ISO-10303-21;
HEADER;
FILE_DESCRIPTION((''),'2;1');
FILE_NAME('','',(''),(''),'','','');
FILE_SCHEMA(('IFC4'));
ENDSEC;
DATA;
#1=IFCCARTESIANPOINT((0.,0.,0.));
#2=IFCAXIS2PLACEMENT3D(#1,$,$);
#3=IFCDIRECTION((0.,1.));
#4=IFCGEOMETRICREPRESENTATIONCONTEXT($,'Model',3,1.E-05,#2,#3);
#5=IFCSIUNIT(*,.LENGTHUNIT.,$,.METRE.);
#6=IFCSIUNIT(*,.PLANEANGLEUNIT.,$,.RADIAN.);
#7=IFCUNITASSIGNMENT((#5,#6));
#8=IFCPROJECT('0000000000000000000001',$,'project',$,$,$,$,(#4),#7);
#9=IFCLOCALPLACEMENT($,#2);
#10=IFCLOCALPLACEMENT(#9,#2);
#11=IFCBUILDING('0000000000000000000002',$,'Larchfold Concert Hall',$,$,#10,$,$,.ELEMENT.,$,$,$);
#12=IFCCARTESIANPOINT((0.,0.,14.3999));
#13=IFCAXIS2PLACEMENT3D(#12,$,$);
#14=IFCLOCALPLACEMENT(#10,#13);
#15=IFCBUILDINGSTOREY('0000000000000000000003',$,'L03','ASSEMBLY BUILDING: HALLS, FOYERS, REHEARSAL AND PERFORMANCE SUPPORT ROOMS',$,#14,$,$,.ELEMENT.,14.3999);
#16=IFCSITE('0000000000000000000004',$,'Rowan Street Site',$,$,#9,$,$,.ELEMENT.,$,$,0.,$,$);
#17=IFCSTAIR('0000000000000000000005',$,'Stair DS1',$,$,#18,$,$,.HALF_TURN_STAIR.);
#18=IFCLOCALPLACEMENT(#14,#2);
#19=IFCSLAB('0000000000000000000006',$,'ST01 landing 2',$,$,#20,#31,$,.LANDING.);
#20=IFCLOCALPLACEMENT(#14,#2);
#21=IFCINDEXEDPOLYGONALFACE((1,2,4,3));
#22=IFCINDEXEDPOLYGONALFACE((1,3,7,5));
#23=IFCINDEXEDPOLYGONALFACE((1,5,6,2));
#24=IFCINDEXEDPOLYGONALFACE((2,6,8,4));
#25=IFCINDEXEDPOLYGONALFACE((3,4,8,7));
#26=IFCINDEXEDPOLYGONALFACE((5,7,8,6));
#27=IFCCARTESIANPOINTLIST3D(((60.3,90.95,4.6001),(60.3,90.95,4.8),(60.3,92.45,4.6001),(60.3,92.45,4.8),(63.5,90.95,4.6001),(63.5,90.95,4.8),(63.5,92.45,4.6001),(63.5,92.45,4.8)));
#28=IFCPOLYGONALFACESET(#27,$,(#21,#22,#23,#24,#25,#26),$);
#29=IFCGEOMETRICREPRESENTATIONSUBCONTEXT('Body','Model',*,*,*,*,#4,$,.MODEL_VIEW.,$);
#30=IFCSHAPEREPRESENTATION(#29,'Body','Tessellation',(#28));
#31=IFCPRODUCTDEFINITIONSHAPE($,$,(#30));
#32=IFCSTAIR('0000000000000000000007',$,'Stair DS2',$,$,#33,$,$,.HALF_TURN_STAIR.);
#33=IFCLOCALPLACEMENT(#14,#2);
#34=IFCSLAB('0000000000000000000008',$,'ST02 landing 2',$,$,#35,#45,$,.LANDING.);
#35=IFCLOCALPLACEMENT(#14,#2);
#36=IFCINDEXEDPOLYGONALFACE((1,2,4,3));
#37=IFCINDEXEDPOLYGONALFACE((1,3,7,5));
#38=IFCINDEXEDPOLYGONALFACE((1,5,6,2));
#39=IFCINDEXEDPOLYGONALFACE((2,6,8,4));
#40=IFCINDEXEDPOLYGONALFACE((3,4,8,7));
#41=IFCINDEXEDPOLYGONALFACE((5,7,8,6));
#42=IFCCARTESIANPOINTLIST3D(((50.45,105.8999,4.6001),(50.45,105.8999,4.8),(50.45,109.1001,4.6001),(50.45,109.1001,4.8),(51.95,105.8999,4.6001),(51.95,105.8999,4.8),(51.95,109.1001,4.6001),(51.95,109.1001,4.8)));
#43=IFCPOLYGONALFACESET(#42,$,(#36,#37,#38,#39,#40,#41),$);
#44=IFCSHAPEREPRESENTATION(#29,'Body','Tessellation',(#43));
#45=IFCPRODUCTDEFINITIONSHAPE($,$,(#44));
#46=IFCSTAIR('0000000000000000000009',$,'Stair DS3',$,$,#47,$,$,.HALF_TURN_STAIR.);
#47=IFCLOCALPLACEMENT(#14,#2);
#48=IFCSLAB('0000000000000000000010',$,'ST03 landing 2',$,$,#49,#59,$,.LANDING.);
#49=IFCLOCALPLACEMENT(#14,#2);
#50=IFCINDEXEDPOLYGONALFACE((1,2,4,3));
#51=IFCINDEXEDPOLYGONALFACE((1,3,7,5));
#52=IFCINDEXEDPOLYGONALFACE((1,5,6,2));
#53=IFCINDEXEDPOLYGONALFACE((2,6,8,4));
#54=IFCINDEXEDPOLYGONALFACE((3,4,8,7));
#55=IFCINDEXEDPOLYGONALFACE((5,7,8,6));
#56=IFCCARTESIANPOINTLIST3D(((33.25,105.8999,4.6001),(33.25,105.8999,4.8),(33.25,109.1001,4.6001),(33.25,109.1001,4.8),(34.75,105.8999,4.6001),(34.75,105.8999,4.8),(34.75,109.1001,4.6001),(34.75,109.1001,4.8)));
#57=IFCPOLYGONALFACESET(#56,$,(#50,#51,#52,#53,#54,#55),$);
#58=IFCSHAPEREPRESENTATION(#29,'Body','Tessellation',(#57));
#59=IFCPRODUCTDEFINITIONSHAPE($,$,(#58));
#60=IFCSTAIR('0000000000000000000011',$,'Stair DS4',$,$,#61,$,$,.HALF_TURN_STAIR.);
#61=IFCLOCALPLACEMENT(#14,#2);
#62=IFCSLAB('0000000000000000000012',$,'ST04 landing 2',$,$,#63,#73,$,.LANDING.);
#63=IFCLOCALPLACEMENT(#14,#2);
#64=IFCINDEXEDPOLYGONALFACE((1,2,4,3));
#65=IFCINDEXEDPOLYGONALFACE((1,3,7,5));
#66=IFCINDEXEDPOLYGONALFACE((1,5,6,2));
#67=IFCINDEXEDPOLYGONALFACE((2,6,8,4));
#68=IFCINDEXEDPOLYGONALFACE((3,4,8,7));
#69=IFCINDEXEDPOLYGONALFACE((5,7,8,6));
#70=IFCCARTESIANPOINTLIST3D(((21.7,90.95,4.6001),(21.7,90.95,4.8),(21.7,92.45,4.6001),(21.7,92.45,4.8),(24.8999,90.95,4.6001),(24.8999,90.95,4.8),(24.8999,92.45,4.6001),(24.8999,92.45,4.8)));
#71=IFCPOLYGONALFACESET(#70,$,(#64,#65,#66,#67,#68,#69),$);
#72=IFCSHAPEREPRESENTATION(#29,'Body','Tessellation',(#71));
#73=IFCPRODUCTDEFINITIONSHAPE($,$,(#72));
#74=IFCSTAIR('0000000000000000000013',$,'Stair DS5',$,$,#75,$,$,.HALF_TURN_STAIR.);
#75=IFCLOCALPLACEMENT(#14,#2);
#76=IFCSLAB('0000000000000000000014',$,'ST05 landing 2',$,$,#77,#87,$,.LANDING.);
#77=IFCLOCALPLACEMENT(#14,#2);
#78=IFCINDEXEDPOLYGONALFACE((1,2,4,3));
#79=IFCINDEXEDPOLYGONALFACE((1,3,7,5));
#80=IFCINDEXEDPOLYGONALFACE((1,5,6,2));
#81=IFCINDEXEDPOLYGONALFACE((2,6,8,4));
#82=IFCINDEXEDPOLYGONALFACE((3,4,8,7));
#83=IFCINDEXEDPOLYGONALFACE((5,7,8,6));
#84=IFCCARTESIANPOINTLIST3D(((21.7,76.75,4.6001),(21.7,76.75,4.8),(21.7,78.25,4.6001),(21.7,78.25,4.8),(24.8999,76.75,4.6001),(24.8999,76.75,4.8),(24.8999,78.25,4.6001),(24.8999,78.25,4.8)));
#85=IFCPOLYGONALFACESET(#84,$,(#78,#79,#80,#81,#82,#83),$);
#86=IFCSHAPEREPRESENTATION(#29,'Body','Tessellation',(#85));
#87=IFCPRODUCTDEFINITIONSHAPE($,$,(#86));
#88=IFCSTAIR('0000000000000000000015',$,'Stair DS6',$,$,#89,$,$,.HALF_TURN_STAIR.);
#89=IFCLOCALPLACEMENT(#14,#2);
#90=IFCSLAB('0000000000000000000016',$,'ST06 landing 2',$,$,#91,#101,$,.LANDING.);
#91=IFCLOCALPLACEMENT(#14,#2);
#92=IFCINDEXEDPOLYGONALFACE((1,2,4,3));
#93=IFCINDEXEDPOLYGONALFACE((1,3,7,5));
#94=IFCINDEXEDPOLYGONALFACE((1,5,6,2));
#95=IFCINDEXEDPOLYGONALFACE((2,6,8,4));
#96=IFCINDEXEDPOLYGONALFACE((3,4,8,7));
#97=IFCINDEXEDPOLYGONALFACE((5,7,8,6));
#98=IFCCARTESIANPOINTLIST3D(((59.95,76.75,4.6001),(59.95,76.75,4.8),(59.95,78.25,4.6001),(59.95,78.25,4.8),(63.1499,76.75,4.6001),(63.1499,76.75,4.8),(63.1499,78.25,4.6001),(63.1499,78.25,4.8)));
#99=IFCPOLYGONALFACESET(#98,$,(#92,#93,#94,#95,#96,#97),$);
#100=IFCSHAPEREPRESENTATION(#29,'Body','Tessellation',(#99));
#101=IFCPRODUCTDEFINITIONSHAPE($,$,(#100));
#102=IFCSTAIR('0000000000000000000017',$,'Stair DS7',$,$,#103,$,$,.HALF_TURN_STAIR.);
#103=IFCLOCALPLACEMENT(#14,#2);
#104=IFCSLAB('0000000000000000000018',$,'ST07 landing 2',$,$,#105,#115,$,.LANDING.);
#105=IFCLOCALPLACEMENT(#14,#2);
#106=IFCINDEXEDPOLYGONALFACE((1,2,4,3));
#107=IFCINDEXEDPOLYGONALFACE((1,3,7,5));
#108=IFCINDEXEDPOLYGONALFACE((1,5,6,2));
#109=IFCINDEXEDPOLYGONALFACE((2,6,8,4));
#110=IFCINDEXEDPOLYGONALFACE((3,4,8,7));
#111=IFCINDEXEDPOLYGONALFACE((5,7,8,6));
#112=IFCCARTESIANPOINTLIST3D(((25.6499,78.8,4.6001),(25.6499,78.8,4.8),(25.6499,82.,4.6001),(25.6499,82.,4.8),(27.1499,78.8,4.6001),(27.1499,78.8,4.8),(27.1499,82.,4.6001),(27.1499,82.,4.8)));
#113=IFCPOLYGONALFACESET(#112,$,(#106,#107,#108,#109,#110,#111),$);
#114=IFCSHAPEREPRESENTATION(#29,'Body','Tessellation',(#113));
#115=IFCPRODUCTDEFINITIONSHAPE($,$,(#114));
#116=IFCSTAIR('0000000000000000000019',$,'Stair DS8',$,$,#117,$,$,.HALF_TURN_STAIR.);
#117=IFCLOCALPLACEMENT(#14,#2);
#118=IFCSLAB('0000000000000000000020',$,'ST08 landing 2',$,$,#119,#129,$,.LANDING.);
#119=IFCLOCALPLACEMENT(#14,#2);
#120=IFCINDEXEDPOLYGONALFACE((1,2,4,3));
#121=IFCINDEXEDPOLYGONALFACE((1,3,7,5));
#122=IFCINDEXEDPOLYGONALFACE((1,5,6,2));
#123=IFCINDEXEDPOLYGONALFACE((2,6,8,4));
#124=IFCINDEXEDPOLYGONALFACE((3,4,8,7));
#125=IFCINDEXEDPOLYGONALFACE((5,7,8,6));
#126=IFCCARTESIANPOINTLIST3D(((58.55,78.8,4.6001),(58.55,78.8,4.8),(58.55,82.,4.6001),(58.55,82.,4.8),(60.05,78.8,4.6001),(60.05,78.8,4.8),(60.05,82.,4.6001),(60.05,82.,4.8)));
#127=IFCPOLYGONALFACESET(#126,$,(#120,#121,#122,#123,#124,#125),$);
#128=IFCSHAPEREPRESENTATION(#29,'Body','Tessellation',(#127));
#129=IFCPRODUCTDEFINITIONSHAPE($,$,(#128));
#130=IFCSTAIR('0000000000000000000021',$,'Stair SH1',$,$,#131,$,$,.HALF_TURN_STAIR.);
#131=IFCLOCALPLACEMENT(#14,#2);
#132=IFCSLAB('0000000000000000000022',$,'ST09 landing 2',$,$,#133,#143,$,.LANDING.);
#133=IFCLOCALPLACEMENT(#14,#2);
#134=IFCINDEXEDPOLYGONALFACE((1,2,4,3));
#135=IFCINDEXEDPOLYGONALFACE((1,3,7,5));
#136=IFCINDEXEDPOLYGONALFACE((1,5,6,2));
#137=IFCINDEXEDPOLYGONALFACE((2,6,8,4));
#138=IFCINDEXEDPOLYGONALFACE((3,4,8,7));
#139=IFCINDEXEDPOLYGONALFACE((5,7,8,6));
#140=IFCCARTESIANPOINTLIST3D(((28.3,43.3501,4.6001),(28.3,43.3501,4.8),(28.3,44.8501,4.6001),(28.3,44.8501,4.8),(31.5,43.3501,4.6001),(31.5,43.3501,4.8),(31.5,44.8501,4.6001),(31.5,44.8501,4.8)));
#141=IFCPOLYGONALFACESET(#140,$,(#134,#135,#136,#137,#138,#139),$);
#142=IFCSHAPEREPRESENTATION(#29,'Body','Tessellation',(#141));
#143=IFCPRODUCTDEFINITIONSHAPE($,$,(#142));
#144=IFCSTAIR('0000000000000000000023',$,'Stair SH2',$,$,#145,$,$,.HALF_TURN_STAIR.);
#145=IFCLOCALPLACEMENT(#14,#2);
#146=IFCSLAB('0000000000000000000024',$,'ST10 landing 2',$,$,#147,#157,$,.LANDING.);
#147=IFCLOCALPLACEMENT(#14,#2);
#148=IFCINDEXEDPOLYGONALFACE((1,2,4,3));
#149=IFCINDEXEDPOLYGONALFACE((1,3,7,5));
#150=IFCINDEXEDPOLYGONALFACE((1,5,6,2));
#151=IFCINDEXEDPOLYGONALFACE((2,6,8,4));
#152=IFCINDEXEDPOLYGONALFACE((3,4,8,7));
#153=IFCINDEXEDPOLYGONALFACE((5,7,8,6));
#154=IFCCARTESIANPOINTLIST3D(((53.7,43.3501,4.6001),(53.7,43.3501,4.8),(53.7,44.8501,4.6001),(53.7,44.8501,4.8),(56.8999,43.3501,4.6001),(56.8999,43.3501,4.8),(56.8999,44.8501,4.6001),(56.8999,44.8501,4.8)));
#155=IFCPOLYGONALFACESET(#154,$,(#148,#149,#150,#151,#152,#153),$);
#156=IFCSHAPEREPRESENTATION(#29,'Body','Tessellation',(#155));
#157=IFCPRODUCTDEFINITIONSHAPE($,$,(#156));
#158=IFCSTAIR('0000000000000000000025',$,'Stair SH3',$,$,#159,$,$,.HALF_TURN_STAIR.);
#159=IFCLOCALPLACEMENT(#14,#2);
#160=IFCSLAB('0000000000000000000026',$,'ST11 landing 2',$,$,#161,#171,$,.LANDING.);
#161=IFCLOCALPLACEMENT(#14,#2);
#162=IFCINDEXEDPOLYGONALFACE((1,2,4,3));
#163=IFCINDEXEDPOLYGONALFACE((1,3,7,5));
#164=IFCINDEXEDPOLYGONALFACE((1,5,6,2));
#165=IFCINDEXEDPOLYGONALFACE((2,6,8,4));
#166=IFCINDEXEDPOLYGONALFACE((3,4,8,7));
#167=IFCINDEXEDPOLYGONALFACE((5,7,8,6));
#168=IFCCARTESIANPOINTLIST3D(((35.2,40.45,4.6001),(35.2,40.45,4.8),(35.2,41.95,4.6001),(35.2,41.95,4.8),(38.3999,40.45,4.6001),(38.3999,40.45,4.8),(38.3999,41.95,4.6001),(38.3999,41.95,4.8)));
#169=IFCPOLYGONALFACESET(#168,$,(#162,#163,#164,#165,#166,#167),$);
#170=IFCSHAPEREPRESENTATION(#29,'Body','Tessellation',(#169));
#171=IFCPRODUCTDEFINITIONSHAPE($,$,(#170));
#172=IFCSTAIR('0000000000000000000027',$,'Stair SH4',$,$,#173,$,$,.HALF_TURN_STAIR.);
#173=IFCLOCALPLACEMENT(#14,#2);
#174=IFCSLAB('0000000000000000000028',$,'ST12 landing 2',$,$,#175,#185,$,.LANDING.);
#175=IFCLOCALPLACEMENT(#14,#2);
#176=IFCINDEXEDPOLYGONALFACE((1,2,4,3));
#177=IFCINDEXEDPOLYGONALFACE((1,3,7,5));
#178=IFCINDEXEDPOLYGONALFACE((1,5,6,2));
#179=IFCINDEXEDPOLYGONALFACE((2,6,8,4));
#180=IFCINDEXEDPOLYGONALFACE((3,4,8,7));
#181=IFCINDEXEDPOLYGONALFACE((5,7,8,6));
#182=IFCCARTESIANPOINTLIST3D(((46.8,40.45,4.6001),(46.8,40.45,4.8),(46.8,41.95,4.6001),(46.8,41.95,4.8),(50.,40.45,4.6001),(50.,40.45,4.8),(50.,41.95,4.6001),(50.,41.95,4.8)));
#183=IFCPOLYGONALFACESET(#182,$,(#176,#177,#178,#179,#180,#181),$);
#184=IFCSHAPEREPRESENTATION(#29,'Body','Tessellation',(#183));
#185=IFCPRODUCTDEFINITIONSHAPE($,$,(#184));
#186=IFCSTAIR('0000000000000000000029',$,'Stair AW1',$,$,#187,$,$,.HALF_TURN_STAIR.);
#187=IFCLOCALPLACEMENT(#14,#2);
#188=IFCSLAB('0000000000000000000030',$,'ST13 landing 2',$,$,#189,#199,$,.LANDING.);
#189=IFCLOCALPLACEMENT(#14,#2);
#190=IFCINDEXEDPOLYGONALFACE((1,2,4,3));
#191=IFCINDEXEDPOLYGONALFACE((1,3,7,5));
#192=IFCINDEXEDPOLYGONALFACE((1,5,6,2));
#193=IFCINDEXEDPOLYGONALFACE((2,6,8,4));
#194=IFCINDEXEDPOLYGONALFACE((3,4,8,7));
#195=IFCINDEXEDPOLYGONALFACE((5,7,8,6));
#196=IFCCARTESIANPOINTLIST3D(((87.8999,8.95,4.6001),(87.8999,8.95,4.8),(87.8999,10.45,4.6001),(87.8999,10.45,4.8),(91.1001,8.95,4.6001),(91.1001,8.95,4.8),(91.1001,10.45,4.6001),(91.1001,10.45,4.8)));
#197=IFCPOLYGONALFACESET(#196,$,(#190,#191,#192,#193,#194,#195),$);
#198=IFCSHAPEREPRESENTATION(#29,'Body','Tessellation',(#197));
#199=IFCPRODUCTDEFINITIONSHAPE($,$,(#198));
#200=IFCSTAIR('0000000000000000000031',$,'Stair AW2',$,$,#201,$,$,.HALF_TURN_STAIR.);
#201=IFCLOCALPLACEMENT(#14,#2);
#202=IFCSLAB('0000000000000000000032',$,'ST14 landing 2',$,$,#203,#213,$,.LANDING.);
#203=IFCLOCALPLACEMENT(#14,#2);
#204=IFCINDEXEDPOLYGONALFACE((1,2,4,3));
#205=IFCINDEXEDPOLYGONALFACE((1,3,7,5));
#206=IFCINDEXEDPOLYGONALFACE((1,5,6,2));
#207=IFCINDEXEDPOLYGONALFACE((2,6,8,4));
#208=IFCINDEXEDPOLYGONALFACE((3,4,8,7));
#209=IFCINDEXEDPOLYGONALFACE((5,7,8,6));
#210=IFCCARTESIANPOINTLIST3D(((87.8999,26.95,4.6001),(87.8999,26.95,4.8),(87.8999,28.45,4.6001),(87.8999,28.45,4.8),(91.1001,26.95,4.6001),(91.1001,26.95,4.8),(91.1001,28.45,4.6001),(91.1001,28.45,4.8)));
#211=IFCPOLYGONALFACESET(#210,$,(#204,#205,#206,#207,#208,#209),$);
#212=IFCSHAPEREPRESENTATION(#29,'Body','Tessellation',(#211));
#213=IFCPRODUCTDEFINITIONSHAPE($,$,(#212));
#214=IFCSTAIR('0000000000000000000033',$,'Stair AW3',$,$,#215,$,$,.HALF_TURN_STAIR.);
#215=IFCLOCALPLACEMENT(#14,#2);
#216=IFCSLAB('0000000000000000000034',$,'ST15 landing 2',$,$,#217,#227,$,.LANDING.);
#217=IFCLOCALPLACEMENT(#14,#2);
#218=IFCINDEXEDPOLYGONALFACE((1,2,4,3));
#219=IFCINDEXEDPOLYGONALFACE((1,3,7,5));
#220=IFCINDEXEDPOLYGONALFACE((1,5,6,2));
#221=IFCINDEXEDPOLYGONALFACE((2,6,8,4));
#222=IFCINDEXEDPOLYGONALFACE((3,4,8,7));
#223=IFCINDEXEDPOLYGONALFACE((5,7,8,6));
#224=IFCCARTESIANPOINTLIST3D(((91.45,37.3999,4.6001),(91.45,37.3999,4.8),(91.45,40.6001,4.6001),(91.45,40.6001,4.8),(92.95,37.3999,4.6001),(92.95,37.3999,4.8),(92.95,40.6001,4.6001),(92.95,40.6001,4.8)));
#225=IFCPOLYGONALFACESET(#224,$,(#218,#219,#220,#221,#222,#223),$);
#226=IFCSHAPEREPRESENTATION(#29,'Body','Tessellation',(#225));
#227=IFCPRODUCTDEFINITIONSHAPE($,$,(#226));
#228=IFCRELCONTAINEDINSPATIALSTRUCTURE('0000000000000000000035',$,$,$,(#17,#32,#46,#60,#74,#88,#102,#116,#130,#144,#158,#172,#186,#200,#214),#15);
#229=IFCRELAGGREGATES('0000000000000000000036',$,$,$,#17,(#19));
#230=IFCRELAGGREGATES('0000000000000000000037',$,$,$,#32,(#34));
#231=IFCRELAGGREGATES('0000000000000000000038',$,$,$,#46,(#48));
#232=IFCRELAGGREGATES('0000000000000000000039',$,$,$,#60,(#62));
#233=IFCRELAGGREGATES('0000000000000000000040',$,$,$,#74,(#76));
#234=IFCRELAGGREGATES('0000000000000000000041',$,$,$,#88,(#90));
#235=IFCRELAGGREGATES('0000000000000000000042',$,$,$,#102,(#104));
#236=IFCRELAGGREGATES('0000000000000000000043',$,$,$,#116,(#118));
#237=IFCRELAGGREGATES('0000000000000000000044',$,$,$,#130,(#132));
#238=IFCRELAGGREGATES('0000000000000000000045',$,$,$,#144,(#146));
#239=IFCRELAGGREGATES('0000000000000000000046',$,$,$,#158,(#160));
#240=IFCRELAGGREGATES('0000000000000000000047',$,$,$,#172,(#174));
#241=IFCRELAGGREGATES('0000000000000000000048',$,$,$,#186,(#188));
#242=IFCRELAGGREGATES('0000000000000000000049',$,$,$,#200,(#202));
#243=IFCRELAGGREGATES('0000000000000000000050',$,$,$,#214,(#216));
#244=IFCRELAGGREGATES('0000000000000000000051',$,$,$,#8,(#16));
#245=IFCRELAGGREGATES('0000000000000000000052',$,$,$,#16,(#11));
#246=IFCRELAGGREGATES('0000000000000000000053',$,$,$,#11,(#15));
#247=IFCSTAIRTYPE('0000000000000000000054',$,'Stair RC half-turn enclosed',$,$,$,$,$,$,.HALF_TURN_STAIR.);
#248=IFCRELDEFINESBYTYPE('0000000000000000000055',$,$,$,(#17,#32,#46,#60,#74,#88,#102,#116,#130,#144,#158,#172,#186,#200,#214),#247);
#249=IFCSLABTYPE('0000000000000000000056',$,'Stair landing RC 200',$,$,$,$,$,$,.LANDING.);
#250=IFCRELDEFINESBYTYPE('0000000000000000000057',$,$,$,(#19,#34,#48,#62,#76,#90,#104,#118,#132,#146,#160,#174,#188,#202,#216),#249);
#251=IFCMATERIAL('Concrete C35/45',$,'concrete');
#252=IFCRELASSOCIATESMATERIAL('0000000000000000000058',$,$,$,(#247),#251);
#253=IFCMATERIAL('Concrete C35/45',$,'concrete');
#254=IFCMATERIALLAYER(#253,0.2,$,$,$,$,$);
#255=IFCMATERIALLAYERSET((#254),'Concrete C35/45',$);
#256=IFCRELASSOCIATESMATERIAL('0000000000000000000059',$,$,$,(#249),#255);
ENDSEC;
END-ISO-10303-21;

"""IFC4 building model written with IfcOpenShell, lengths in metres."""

from ifc_helpers import new_model, si_unit, direction, frame, origin, place, context, subcontext, project, spatial, polyline, outline, extrude, material, layer, layer_set, type_object, element, aggregate, save


model = new_model("IFC4")

# Units and contexts
model_context = context("Model", 3, precision=1e-05, world=origin(), true_north=direction((0.0, 1.0)))
body_context = subcontext(model_context, "Body", "Model", "MODEL_VIEW")
ifc_project = project(units=[si_unit("LENGTHUNIT", "METRE"), si_unit("PLANEANGLEUNIT", "RADIAN")], contexts=[model_context])

# Site, building, storey
site_placement = place(None, origin())
site = spatial("IfcSite", under=ifc_project, at=site_placement, Name="Rowan Street Site", CompositionType="ELEMENT", RefElevation=0.0)
building_placement = place(site_placement, origin())
building = spatial("IfcBuilding", under=site, at=building_placement, Name="Larchfold Concert Hall", CompositionType="ELEMENT")
storey_placement = place(building_placement, frame((0.0, 0.0, 14.3999)))
storey = spatial("IfcBuildingStorey", under=building, at=storey_placement, Name="L03", Description="ASSEMBLY BUILDING: HALLS, FOYERS, REHEARSAL AND PERFORMANCE SUPPORT ROOMS", CompositionType="ELEMENT", Elevation=14.3999)

# Stairs, slabs
ifc_material_1 = material(Name="Concrete C35/45", Category="concrete")
stair_type = type_object("IfcStairType", Name="Stair RC half-turn enclosed", PredefinedType="HALF_TURN_STAIR", material=ifc_material_1)
stair_1_placement = place(storey_placement, origin())
stair_1 = element("IfcStair", 1, at=stair_1_placement, inside=storey, type_object=stair_type, Name="Stair DS1", PredefinedType="HALF_TURN_STAIR")
ifc_material_2 = material(Name="Concrete C35/45", Category="concrete")
ifc_layer_1 = layer(ifc_material_2, 0.2)
ifc_layer_set_1 = layer_set([ifc_layer_1], Name="Concrete C35/45")
slab_type = type_object("IfcSlabType", Name="Stair landing RC 200", PredefinedType="LANDING", material=ifc_layer_set_1)
slab_1_placement = place(storey_placement, frame((0.0, 0.0, 4.6001)))
slab_1 = element("IfcSlab", 2, at=slab_1_placement, type_object=slab_type, Name="ST01 landing 2", PredefinedType="LANDING", context=body_context, shape_type="SweptSolid", body=[
    extrude(outline(polyline([(63.5, 90.95), (63.5, 92.45), (60.3, 92.45), (60.3, 90.95), (63.5, 90.95)])), origin(), (0.0, 0.0, 1.0), 0.2),
])
aggregate(stair_1, [slab_1])
stair_2_placement = place(storey_placement, origin())
stair_2 = element("IfcStair", 3, at=stair_2_placement, inside=storey, type_object=stair_type, Name="Stair DS2", PredefinedType="HALF_TURN_STAIR")
slab_2_placement = place(storey_placement, frame((0.0, 0.0, 4.6001)))
slab_2 = element("IfcSlab", 4, at=slab_2_placement, type_object=slab_type, Name="ST02 landing 2", PredefinedType="LANDING", context=body_context, shape_type="SweptSolid", body=[
    extrude(outline(polyline([(50.45, 105.8999), (51.95, 105.8999), (51.95, 109.1001), (50.45, 109.1001), (50.45, 105.8999)])), origin(), (0.0, 0.0, 1.0), 0.2),
])
aggregate(stair_2, [slab_2])
stair_3_placement = place(storey_placement, origin())
stair_3 = element("IfcStair", 5, at=stair_3_placement, inside=storey, type_object=stair_type, Name="Stair DS3", PredefinedType="HALF_TURN_STAIR")
slab_3_placement = place(storey_placement, frame((0.0, 0.0, 4.6001)))
slab_3 = element("IfcSlab", 6, at=slab_3_placement, type_object=slab_type, Name="ST03 landing 2", PredefinedType="LANDING", context=body_context, shape_type="SweptSolid", body=[
    extrude(outline(polyline([(34.75, 109.1001), (33.25, 109.1001), (33.25, 105.8999), (34.75, 105.8999), (34.75, 109.1001)])), origin(), (0.0, 0.0, 1.0), 0.2),
])
aggregate(stair_3, [slab_3])
stair_4_placement = place(storey_placement, origin())
stair_4 = element("IfcStair", 7, at=stair_4_placement, inside=storey, type_object=stair_type, Name="Stair DS4", PredefinedType="HALF_TURN_STAIR")
slab_4_placement = place(storey_placement, frame((0.0, 0.0, 4.6001)))
slab_4 = element("IfcSlab", 8, at=slab_4_placement, type_object=slab_type, Name="ST04 landing 2", PredefinedType="LANDING", context=body_context, shape_type="SweptSolid", body=[
    extrude(outline(polyline([(24.8999, 90.95), (24.8999, 92.45), (21.7, 92.45), (21.7, 90.95), (24.8999, 90.95)])), origin(), (0.0, 0.0, 1.0), 0.2),
])
aggregate(stair_4, [slab_4])
stair_5_placement = place(storey_placement, origin())
stair_5 = element("IfcStair", 9, at=stair_5_placement, inside=storey, type_object=stair_type, Name="Stair DS5", PredefinedType="HALF_TURN_STAIR")
slab_5_placement = place(storey_placement, frame((0.0, 0.0, 4.6001)))
slab_5 = element("IfcSlab", 10, at=slab_5_placement, type_object=slab_type, Name="ST05 landing 2", PredefinedType="LANDING", context=body_context, shape_type="SweptSolid", body=[
    extrude(outline(polyline([(21.7, 78.25), (21.7, 76.75), (24.8999, 76.75), (24.8999, 78.25), (21.7, 78.25)])), origin(), (0.0, 0.0, 1.0), 0.2),
])
aggregate(stair_5, [slab_5])
stair_6_placement = place(storey_placement, origin())
stair_6 = element("IfcStair", 11, at=stair_6_placement, inside=storey, type_object=stair_type, Name="Stair DS6", PredefinedType="HALF_TURN_STAIR")
slab_6_placement = place(storey_placement, frame((0.0, 0.0, 4.6001)))
slab_6 = element("IfcSlab", 12, at=slab_6_placement, type_object=slab_type, Name="ST06 landing 2", PredefinedType="LANDING", context=body_context, shape_type="SweptSolid", body=[
    extrude(outline(polyline([(59.95, 78.25), (59.95, 76.75), (63.1499, 76.75), (63.1499, 78.25), (59.95, 78.25)])), origin(), (0.0, 0.0, 1.0), 0.2),
])
aggregate(stair_6, [slab_6])
stair_7_placement = place(storey_placement, origin())
stair_7 = element("IfcStair", 13, at=stair_7_placement, inside=storey, type_object=stair_type, Name="Stair DS7", PredefinedType="HALF_TURN_STAIR")
slab_7_placement = place(storey_placement, frame((0.0, 0.0, 4.6001)))
slab_7 = element("IfcSlab", 14, at=slab_7_placement, type_object=slab_type, Name="ST07 landing 2", PredefinedType="LANDING", context=body_context, shape_type="SweptSolid", body=[
    extrude(outline(polyline([(27.1499, 82.0), (25.6499, 82.0), (25.6499, 78.8), (27.1499, 78.8), (27.1499, 82.0)])), origin(), (0.0, 0.0, 1.0), 0.2),
])
aggregate(stair_7, [slab_7])
stair_8_placement = place(storey_placement, origin())
stair_8 = element("IfcStair", 15, at=stair_8_placement, inside=storey, type_object=stair_type, Name="Stair DS8", PredefinedType="HALF_TURN_STAIR")
slab_8_placement = place(storey_placement, frame((0.0, 0.0, 4.6001)))
slab_8 = element("IfcSlab", 16, at=slab_8_placement, type_object=slab_type, Name="ST08 landing 2", PredefinedType="LANDING", context=body_context, shape_type="SweptSolid", body=[
    extrude(outline(polyline([(58.55, 78.8), (60.05, 78.8), (60.05, 82.0), (58.55, 82.0), (58.55, 78.8)])), origin(), (0.0, 0.0, 1.0), 0.2),
])
aggregate(stair_8, [slab_8])
stair_9_placement = place(storey_placement, origin())
stair_9 = element("IfcStair", 17, at=stair_9_placement, inside=storey, type_object=stair_type, Name="Stair SH1", PredefinedType="HALF_TURN_STAIR")
slab_9_placement = place(storey_placement, frame((0.0, 0.0, 4.6001)))
slab_9 = element("IfcSlab", 18, at=slab_9_placement, type_object=slab_type, Name="ST09 landing 2", PredefinedType="LANDING", context=body_context, shape_type="SweptSolid", body=[
    extrude(outline(polyline([(31.5, 43.3501), (31.5, 44.8501), (28.3, 44.8501), (28.3, 43.3501), (31.5, 43.3501)])), origin(), (0.0, 0.0, 1.0), 0.2),
])
aggregate(stair_9, [slab_9])
stair_10_placement = place(storey_placement, origin())
stair_10 = element("IfcStair", 19, at=stair_10_placement, inside=storey, type_object=stair_type, Name="Stair SH2", PredefinedType="HALF_TURN_STAIR")
slab_10_placement = place(storey_placement, frame((0.0, 0.0, 4.6001)))
slab_10 = element("IfcSlab", 20, at=slab_10_placement, type_object=slab_type, Name="ST10 landing 2", PredefinedType="LANDING", context=body_context, shape_type="SweptSolid", body=[
    extrude(outline(polyline([(56.8999, 43.3501), (56.8999, 44.8501), (53.7, 44.8501), (53.7, 43.3501), (56.8999, 43.3501)])), origin(), (0.0, 0.0, 1.0), 0.2),
])
aggregate(stair_10, [slab_10])
stair_11_placement = place(storey_placement, origin())
stair_11 = element("IfcStair", 21, at=stair_11_placement, inside=storey, type_object=stair_type, Name="Stair SH3", PredefinedType="HALF_TURN_STAIR")
slab_11_placement = place(storey_placement, frame((0.0, 0.0, 4.6001)))
slab_11 = element("IfcSlab", 22, at=slab_11_placement, type_object=slab_type, Name="ST11 landing 2", PredefinedType="LANDING", context=body_context, shape_type="SweptSolid", body=[
    extrude(outline(polyline([(35.2, 41.95), (35.2, 40.45), (38.3999, 40.45), (38.3999, 41.95), (35.2, 41.95)])), origin(), (0.0, 0.0, 1.0), 0.2),
])
aggregate(stair_11, [slab_11])
stair_12_placement = place(storey_placement, origin())
stair_12 = element("IfcStair", 23, at=stair_12_placement, inside=storey, type_object=stair_type, Name="Stair SH4", PredefinedType="HALF_TURN_STAIR")
slab_12_placement = place(storey_placement, frame((0.0, 0.0, 4.6001)))
slab_12 = element("IfcSlab", 24, at=slab_12_placement, type_object=slab_type, Name="ST12 landing 2", PredefinedType="LANDING", context=body_context, shape_type="SweptSolid", body=[
    extrude(outline(polyline([(46.8, 41.95), (46.8, 40.45), (50.0, 40.45), (50.0, 41.95), (46.8, 41.95)])), origin(), (0.0, 0.0, 1.0), 0.2),
])
aggregate(stair_12, [slab_12])
stair_13_placement = place(storey_placement, origin())
stair_13 = element("IfcStair", 25, at=stair_13_placement, inside=storey, type_object=stair_type, Name="Stair AW1", PredefinedType="HALF_TURN_STAIR")
slab_13_placement = place(storey_placement, frame((0.0, 0.0, 4.6001)))
slab_13 = element("IfcSlab", 26, at=slab_13_placement, type_object=slab_type, Name="ST13 landing 2", PredefinedType="LANDING", context=body_context, shape_type="SweptSolid", body=[
    extrude(outline(polyline([(87.8999, 10.45), (87.8999, 8.95), (91.1001, 8.95), (91.1001, 10.45), (87.8999, 10.45)])), origin(), (0.0, 0.0, 1.0), 0.2),
])
aggregate(stair_13, [slab_13])
stair_14_placement = place(storey_placement, origin())
stair_14 = element("IfcStair", 27, at=stair_14_placement, inside=storey, type_object=stair_type, Name="Stair AW2", PredefinedType="HALF_TURN_STAIR")
slab_14_placement = place(storey_placement, frame((0.0, 0.0, 4.6001)))
slab_14 = element("IfcSlab", 28, at=slab_14_placement, type_object=slab_type, Name="ST14 landing 2", PredefinedType="LANDING", context=body_context, shape_type="SweptSolid", body=[
    extrude(outline(polyline([(87.8999, 28.45), (87.8999, 26.95), (91.1001, 26.95), (91.1001, 28.45), (87.8999, 28.45)])), origin(), (0.0, 0.0, 1.0), 0.2),
])
aggregate(stair_14, [slab_14])
stair_15_placement = place(storey_placement, origin())
stair_15 = element("IfcStair", 29, at=stair_15_placement, inside=storey, type_object=stair_type, Name="Stair AW3", PredefinedType="HALF_TURN_STAIR")
slab_15_placement = place(storey_placement, frame((0.0, 0.0, 4.6001)))
slab_15 = element("IfcSlab", 30, at=slab_15_placement, type_object=slab_type, Name="ST15 landing 2", PredefinedType="LANDING", context=body_context, shape_type="SweptSolid", body=[
    extrude(outline(polyline([(92.95, 40.6001), (91.45, 40.6001), (91.45, 37.3999), (92.95, 37.3999), (92.95, 40.6001)])), origin(), (0.0, 0.0, 1.0), 0.2),
])
aggregate(stair_15, [slab_15])

save(model, "model.ifc")
